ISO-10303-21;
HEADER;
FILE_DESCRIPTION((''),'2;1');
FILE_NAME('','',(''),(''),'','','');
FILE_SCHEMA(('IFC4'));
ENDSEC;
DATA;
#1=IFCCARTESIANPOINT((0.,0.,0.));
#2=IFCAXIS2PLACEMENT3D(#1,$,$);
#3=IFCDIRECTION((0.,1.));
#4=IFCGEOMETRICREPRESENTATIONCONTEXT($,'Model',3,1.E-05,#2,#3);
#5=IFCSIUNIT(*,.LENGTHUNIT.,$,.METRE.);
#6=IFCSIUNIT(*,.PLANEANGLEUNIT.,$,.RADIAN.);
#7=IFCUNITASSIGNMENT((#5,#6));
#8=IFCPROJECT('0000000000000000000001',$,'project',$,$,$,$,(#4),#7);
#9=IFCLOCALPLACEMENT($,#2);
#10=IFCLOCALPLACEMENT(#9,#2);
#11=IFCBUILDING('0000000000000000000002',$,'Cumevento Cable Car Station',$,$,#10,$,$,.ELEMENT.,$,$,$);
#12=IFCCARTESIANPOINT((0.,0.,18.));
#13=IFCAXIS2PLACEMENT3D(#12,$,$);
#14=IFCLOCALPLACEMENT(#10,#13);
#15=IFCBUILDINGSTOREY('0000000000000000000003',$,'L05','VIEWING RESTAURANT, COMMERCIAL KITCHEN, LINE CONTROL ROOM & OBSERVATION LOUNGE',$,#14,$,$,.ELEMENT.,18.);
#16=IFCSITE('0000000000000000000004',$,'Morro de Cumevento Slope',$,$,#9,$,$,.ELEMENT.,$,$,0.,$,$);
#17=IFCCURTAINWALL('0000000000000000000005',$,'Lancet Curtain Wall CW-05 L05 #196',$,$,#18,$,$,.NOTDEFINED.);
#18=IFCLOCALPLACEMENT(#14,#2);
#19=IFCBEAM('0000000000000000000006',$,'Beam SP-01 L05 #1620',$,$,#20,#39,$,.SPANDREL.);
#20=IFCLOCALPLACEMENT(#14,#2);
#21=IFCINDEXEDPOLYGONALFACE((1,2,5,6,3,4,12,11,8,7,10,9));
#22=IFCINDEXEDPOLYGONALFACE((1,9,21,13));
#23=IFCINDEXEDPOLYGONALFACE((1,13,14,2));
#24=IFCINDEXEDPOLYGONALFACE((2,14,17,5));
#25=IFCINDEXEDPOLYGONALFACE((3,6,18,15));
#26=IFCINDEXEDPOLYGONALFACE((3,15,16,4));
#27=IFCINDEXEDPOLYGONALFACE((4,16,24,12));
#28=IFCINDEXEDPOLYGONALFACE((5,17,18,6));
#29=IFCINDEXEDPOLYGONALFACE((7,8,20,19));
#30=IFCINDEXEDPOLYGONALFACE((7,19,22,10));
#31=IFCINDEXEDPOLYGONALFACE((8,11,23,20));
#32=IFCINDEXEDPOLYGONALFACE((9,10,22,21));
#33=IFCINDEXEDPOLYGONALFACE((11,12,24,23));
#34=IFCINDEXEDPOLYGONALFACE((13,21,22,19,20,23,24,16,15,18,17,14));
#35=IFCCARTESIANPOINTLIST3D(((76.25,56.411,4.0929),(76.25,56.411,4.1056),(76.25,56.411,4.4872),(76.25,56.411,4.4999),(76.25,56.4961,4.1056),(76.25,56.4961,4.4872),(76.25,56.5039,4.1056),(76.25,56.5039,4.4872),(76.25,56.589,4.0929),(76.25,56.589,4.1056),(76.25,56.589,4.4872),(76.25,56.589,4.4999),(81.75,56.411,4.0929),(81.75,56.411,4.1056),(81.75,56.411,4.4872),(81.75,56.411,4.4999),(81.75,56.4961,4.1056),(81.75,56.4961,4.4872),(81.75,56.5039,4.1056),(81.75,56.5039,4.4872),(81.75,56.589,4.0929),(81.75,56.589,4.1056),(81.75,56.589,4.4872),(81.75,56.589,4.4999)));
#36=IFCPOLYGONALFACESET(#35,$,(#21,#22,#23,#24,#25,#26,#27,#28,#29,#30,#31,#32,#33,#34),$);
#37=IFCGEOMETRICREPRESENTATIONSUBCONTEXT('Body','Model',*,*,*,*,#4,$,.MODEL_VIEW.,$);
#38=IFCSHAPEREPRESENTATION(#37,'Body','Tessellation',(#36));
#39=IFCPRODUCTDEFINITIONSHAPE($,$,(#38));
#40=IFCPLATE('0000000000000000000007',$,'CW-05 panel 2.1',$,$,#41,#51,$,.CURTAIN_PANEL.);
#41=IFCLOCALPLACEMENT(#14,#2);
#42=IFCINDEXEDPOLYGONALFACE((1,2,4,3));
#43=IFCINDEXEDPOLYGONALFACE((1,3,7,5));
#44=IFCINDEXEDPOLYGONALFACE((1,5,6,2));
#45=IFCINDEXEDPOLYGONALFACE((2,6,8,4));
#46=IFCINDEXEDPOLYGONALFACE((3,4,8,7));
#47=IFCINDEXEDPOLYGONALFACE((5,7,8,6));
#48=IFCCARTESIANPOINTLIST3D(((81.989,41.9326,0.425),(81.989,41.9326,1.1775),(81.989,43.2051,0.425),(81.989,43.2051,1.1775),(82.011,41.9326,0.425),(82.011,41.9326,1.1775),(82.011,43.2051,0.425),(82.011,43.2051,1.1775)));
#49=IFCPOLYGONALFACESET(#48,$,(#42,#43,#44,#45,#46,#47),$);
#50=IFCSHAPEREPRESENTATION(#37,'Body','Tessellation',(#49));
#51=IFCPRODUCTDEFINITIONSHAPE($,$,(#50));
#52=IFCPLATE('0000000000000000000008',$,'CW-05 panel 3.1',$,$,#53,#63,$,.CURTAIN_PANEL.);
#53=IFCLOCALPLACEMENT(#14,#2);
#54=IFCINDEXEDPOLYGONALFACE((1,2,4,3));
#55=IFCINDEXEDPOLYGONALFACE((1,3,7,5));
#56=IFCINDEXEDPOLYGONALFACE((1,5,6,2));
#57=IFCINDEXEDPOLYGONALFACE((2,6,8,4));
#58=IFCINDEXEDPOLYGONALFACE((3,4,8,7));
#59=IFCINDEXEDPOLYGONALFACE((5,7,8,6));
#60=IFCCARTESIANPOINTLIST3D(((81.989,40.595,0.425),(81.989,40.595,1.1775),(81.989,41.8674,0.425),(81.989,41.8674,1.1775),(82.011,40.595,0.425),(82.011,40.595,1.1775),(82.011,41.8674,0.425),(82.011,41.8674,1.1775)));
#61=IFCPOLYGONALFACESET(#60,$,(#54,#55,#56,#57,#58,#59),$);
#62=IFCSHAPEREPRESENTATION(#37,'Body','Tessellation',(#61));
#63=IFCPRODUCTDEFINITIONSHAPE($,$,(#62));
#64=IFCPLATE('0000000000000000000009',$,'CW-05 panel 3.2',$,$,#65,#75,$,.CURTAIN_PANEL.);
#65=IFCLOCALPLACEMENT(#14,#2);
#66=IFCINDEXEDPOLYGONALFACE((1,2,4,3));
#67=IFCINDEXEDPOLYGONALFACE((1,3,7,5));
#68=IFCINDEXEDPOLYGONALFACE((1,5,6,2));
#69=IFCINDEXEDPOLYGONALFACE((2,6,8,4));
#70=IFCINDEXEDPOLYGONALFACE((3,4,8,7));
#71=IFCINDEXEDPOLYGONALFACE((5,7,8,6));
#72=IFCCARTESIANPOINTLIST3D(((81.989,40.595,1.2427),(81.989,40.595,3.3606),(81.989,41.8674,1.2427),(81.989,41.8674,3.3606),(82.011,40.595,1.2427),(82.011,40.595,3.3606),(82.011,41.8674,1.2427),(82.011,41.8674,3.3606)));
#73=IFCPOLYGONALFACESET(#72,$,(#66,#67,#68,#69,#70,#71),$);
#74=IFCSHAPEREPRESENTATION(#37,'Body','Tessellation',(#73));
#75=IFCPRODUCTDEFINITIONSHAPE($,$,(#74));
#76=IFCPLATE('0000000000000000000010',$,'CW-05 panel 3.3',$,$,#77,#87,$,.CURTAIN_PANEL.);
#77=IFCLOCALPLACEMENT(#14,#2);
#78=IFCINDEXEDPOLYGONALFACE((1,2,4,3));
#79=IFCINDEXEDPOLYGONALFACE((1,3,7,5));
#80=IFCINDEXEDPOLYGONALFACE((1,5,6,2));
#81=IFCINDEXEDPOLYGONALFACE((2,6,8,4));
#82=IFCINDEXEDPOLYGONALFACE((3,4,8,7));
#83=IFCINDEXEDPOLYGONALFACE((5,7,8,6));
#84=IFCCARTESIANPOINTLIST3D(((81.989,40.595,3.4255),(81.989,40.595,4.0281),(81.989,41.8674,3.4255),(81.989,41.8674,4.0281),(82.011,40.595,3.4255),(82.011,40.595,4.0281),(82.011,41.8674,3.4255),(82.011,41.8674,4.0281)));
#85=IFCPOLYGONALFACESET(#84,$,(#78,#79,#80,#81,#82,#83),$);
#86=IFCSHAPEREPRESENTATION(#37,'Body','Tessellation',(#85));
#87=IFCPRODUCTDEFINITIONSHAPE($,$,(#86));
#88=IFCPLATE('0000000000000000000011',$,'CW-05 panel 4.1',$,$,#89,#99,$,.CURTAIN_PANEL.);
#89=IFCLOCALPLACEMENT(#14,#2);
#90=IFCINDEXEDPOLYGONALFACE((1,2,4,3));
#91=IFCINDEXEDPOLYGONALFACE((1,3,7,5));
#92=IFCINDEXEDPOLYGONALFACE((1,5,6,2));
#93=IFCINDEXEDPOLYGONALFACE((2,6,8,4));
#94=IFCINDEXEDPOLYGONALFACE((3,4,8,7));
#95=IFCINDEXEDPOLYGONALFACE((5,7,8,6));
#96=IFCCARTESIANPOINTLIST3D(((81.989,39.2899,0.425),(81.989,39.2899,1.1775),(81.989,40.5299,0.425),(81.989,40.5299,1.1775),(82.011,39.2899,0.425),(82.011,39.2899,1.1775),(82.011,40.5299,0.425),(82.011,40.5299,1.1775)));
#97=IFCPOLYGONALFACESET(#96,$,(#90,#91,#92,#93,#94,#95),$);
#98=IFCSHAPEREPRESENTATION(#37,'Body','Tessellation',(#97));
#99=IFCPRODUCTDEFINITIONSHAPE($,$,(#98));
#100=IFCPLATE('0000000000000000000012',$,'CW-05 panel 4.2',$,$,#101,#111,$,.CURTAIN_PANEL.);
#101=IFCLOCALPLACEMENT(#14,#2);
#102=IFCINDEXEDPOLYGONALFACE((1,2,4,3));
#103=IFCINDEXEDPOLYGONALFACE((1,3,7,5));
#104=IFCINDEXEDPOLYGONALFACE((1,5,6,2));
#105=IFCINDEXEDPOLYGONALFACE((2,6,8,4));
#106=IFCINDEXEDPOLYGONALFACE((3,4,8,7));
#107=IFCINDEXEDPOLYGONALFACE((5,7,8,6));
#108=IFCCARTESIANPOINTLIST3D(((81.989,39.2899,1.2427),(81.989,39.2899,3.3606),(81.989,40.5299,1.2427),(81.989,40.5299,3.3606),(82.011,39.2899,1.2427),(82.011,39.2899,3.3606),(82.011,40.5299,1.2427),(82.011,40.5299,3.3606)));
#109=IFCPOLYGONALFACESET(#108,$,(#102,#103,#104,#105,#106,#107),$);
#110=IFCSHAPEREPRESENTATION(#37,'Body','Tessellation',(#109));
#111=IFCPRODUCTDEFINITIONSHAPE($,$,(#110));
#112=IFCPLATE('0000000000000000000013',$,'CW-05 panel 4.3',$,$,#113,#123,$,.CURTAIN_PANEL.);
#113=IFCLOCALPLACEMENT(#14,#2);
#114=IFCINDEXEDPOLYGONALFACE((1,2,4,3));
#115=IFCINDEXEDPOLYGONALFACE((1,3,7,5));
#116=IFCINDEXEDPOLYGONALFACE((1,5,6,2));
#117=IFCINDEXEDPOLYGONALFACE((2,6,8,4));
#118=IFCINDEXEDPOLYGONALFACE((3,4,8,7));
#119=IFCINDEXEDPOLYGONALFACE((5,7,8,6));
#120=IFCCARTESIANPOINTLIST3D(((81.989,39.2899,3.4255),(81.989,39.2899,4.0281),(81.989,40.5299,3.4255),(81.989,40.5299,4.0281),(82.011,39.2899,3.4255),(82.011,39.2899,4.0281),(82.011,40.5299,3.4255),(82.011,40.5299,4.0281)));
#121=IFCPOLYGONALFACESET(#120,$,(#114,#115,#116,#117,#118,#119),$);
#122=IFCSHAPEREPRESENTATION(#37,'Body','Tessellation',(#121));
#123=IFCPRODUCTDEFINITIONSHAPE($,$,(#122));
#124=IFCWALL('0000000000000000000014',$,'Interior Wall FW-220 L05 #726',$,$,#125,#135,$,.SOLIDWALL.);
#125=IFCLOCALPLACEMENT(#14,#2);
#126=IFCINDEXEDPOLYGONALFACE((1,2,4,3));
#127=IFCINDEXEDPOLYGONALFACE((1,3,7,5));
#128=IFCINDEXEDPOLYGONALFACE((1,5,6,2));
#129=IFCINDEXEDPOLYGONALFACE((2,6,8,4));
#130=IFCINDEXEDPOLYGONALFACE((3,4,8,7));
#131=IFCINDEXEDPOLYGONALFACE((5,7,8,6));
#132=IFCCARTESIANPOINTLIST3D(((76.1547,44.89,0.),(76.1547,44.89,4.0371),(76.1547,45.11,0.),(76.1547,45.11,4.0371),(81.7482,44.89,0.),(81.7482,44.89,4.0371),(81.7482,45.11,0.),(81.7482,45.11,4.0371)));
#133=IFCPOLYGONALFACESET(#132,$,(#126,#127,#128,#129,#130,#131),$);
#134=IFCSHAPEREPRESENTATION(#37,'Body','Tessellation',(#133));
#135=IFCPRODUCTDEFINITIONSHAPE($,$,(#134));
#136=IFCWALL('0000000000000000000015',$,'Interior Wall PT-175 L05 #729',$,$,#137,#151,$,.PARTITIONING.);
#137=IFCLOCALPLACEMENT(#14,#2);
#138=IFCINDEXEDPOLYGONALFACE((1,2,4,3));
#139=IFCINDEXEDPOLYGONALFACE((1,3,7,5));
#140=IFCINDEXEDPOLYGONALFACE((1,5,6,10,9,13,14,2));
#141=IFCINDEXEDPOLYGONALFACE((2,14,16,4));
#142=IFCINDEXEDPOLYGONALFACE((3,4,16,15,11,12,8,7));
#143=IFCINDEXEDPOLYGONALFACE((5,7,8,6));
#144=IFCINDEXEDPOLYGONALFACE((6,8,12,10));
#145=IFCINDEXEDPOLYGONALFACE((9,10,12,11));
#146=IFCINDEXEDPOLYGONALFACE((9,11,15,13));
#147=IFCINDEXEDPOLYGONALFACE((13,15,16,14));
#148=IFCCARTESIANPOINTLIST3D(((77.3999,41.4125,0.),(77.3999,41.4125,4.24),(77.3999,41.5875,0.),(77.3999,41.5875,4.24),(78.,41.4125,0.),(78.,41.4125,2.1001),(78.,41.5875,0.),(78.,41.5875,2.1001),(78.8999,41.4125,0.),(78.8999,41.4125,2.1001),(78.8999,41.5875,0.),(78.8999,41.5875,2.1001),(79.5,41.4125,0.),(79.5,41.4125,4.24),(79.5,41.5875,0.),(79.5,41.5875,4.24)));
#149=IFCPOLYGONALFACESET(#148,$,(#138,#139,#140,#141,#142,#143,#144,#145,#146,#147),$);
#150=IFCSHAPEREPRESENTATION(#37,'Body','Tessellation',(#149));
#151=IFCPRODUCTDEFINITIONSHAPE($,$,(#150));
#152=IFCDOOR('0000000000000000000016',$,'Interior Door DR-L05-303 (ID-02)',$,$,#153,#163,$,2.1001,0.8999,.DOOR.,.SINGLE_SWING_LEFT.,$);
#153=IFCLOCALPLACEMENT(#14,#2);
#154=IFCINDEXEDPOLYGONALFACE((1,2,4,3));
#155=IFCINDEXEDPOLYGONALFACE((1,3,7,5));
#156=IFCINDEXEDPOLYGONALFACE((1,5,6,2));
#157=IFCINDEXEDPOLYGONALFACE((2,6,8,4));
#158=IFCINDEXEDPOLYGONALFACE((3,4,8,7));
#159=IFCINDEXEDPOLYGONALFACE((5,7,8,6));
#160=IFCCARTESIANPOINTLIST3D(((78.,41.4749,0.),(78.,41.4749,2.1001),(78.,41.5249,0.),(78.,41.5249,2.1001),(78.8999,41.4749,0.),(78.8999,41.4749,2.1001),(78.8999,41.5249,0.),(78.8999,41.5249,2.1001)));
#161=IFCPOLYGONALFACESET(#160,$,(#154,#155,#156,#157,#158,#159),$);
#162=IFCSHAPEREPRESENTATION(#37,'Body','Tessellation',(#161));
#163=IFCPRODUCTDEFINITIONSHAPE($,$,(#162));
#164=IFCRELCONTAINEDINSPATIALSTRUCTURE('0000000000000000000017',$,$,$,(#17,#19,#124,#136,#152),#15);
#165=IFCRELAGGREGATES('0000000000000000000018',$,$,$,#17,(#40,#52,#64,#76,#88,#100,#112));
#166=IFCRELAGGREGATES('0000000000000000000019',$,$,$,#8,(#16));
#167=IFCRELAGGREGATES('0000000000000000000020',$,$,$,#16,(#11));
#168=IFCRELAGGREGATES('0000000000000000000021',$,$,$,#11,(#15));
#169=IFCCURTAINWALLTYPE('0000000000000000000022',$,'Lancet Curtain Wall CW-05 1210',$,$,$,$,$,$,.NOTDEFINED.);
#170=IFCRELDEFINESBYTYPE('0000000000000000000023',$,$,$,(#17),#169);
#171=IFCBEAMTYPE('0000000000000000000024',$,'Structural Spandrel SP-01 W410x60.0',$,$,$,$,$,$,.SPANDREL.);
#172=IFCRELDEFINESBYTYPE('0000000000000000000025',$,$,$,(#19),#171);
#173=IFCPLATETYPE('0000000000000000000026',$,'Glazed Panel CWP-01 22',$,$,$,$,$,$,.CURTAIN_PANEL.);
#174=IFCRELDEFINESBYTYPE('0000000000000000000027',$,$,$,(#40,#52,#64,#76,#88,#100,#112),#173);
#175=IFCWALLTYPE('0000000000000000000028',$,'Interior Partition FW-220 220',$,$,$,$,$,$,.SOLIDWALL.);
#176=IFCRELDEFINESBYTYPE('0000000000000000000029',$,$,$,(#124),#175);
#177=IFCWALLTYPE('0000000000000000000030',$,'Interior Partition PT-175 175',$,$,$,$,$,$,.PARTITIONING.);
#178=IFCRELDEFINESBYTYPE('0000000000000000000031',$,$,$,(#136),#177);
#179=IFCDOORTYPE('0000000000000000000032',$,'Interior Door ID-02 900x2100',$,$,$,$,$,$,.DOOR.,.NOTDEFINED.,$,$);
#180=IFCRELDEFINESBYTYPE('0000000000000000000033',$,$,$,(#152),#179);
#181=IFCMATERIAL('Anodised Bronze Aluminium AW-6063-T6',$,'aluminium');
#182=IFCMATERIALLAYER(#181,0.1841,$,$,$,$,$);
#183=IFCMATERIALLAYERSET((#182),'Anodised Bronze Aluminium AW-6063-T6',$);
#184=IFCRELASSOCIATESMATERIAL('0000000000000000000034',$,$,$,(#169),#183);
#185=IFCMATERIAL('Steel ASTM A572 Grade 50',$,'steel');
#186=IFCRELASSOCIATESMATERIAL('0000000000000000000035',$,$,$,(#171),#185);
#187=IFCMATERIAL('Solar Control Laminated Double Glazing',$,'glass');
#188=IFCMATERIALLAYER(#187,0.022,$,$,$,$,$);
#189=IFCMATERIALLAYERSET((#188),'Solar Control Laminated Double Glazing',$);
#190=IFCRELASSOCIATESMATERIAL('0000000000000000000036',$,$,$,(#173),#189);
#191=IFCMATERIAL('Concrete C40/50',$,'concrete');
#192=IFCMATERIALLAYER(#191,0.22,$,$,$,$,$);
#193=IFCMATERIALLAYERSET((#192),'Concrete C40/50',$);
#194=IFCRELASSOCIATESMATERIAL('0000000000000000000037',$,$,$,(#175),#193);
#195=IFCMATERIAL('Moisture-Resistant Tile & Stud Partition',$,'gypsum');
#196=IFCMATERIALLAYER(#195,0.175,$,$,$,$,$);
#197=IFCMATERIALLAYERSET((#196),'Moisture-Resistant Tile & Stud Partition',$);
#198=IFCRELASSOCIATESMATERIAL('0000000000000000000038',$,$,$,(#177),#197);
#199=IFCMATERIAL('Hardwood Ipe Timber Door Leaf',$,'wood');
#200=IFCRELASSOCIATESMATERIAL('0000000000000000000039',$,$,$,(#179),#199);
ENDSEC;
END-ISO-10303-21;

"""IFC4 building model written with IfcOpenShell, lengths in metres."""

from ifc_helpers import new_model, si_unit, direction, frame, frame_2d, origin, origin_2d, place, context, subcontext, project, spatial, rectangle, i_section, extrude, material, layer, layer_set, material_profile, profile_set, type_object, element, fill, aggregate, save


model = new_model("IFC4")

# Units and contexts
model_context = context("Model", 3, precision=1e-05, world=origin(), true_north=direction((0.0, 1.0)))
body_context = subcontext(model_context, "Body", "Model", "MODEL_VIEW")
ifc_project = project(units=[si_unit("LENGTHUNIT", "METRE"), si_unit("PLANEANGLEUNIT", "RADIAN")], contexts=[model_context])

# Site, building, storey
site_placement = place(None, origin())
site = spatial("IfcSite", under=ifc_project, at=site_placement, Name="Morro de Cumevento Slope", CompositionType="ELEMENT", RefElevation=0.0)
building_placement = place(site_placement, origin())
building = spatial("IfcBuilding", under=site, at=building_placement, Name="Cumevento Cable Car Station", CompositionType="ELEMENT")
storey_placement = place(building_placement, frame((0.0, 0.0, 18.0)))
storey = spatial("IfcBuildingStorey", under=building, at=storey_placement, Name="L05", Description="VIEWING RESTAURANT, COMMERCIAL KITCHEN, LINE CONTROL ROOM & OBSERVATION LOUNGE", CompositionType="ELEMENT", Elevation=18.0)

# Curtain wall
ifc_material_1 = material(Name="Anodised Bronze Aluminium AW-6063-T6", Category="aluminium")
ifc_layer_1 = layer(ifc_material_1, 0.1841)
ifc_layer_set_1 = layer_set([ifc_layer_1], Name="Anodised Bronze Aluminium AW-6063-T6")
curtain_wall_type = type_object("IfcCurtainWallType", Name="Lancet Curtain Wall CW-05 1210", PredefinedType="NOTDEFINED", material=ifc_layer_set_1)
curtain_wall_placement = place(storey_placement, origin())
curtain_wall = element("IfcCurtainWall", 1, at=curtain_wall_placement, inside=storey, type_object=curtain_wall_type, Name="Lancet Curtain Wall CW-05 L05 #196", PredefinedType="NOTDEFINED")

# Beam
ifc_material_2 = material(Name="Steel ASTM A572 Grade 50", Category="steel")
ifc_material_profile_1 = material_profile(ifc_material_2, i_section(OverallWidth=0.178, OverallDepth=0.407, WebThickness=0.0078, FlangeThickness=0.0127, at=origin_2d()), Name="W410x60.0")
ifc_profile_set_1 = profile_set([ifc_material_profile_1], Name="Steel ASTM A572 Grade 50")
beam_type = type_object("IfcBeamType", Name="Structural Spandrel SP-01 W410x60.0", PredefinedType="SPANDREL", material=ifc_profile_set_1)
beam_placement = place(storey_placement, frame((76.25, 56.5, 4.2964), z_axis=(1.0, 0.0, 0.0), x_axis=(0.0, 1.0, 0.0)))
element("IfcBeam", 2, at=beam_placement, inside=storey, type_object=beam_type, Name="Beam SP-01 L05 #1620", PredefinedType="SPANDREL", context=body_context, shape_type="SweptSolid", body=[
    extrude(i_section(OverallWidth=0.178, OverallDepth=0.407, WebThickness=0.0078, FlangeThickness=0.0127, at=origin_2d()), origin(), (0.0, 0.0, 1.0), 5.5),
])

# Plates
ifc_material_3 = material(Name="Solar Control Laminated Double Glazing", Category="glass")
ifc_layer_2 = layer(ifc_material_3, 0.022)
ifc_layer_set_2 = layer_set([ifc_layer_2], Name="Solar Control Laminated Double Glazing")
plate_type = type_object("IfcPlateType", Name="Glazed Panel CWP-01 22", PredefinedType="CURTAIN_PANEL", material=ifc_layer_set_2)
plate_1_placement = place(storey_placement, frame((82.0, 42.5688, 0.425), z_axis=(0.0, 0.0, 1.0), x_axis=(0.0, -1.0, 0.0)))
plate_1 = element("IfcPlate", 3, at=plate_1_placement, type_object=plate_type, Name="CW-05 panel 2.1", PredefinedType="CURTAIN_PANEL", context=body_context, shape_type="SweptSolid", body=[
    extrude(rectangle(XDim=1.2725, YDim=0.022, at=origin_2d()), origin(), (0.0, 0.0, 1.0), 0.7524),
])
plate_2_placement = place(storey_placement, frame((82.0, 41.2312, 0.425), z_axis=(0.0, 0.0, 1.0), x_axis=(0.0, -1.0, 0.0)))
plate_2 = element("IfcPlate", 4, at=plate_2_placement, type_object=plate_type, Name="CW-05 panel 3.1", PredefinedType="CURTAIN_PANEL", context=body_context, shape_type="SweptSolid", body=[
    extrude(rectangle(XDim=1.2725, YDim=0.022, at=origin_2d()), origin(), (0.0, 0.0, 1.0), 0.7524),
])
plate_3_placement = place(storey_placement, frame((82.0, 41.2312, 1.2427), z_axis=(0.0, 0.0, 1.0), x_axis=(0.0, -1.0, 0.0)))
plate_3 = element("IfcPlate", 5, at=plate_3_placement, type_object=plate_type, Name="CW-05 panel 3.2", PredefinedType="CURTAIN_PANEL", context=body_context, shape_type="SweptSolid", body=[
    extrude(rectangle(XDim=1.2725, YDim=0.022, at=origin_2d()), origin(), (0.0, 0.0, 1.0), 2.1179),
])
plate_4_placement = place(storey_placement, frame((82.0, 41.2312, 3.4255), z_axis=(0.0, 0.0, 1.0), x_axis=(0.0, -1.0, 0.0)))
plate_4 = element("IfcPlate", 6, at=plate_4_placement, type_object=plate_type, Name="CW-05 panel 3.3", PredefinedType="CURTAIN_PANEL", context=body_context, shape_type="SweptSolid", body=[
    extrude(rectangle(XDim=1.2725, YDim=0.022, at=origin_2d()), origin(), (0.0, 0.0, 1.0), 0.6025),
])
plate_5_placement = place(storey_placement, frame((82.0, 39.9099, 0.425), z_axis=(0.0, 0.0, 1.0), x_axis=(0.0, -1.0, 0.0)))
plate_5 = element("IfcPlate", 7, at=plate_5_placement, type_object=plate_type, Name="CW-05 panel 4.1", PredefinedType="CURTAIN_PANEL", context=body_context, shape_type="SweptSolid", body=[
    extrude(rectangle(XDim=1.24, YDim=0.022, at=origin_2d()), origin(), (0.0, 0.0, 1.0), 0.7524),
])
plate_6_placement = place(storey_placement, frame((82.0, 39.9099, 1.2427), z_axis=(0.0, 0.0, 1.0), x_axis=(0.0, -1.0, 0.0)))
plate_6 = element("IfcPlate", 8, at=plate_6_placement, type_object=plate_type, Name="CW-05 panel 4.2", PredefinedType="CURTAIN_PANEL", context=body_context, shape_type="SweptSolid", body=[
    extrude(rectangle(XDim=1.24, YDim=0.022, at=origin_2d()), origin(), (0.0, 0.0, 1.0), 2.1179),
])
plate_7_placement = place(storey_placement, frame((82.0, 39.9099, 3.4255), z_axis=(0.0, 0.0, 1.0), x_axis=(0.0, -1.0, 0.0)))
plate_7 = element("IfcPlate", 9, at=plate_7_placement, type_object=plate_type, Name="CW-05 panel 4.3", PredefinedType="CURTAIN_PANEL", context=body_context, shape_type="SweptSolid", body=[
    extrude(rectangle(XDim=1.24, YDim=0.022, at=origin_2d()), origin(), (0.0, 0.0, 1.0), 0.6025),
])
aggregate(curtain_wall, [plate_1, plate_2, plate_3, plate_4, plate_5, plate_6, plate_7])

# Wall
ifc_material_4 = material(Name="Concrete C40/50", Category="concrete")
ifc_layer_3 = layer(ifc_material_4, 0.22)
ifc_layer_set_3 = layer_set([ifc_layer_3], Name="Concrete C40/50")
wall_type_1 = type_object("IfcWallType", Name="Interior Partition FW-220 220", PredefinedType="SOLIDWALL", material=ifc_layer_set_3)
wall_1_placement = place(storey_placement, frame((76.1545, 45.0, 0.0), z_axis=(0.0, 0.0, 1.0), x_axis=(1.0, 0.0, 0.0)))
element("IfcWall", 10, at=wall_1_placement, inside=storey, type_object=wall_type_1, Name="Interior Wall FW-220 L05 #726", PredefinedType="SOLIDWALL", context=body_context, shape_type="SweptSolid", body=[
    extrude(rectangle(XDim=5.5935, YDim=0.22, at=frame_2d((2.7969, 0.0))), origin(), (0.0, 0.0, 1.0), 4.0371),
])

# Wall, opening, door
ifc_material_5 = material(Name="Moisture-Resistant Tile & Stud Partition", Category="gypsum")
ifc_layer_4 = layer(ifc_material_5, 0.175)
ifc_layer_set_4 = layer_set([ifc_layer_4], Name="Moisture-Resistant Tile & Stud Partition")
wall_type_2 = type_object("IfcWallType", Name="Interior Partition PT-175 175", PredefinedType="PARTITIONING", material=ifc_layer_set_4)
wall_2_placement = place(storey_placement, frame((77.3999, 41.5, 0.0), z_axis=(0.0, 0.0, 1.0), x_axis=(1.0, 0.0, 0.0)))
wall_2 = element("IfcWall", 11, at=wall_2_placement, inside=storey, type_object=wall_type_2, Name="Interior Wall PT-175 L05 #729", PredefinedType="PARTITIONING", context=body_context, shape_type="SweptSolid", body=[
    extrude(rectangle(XDim=2.1001, YDim=0.175, at=frame_2d((1.05, 0.0))), origin(), (0.0, 0.0, 1.0), 4.24),
])
opening_1_placement = place(wall_2_placement, frame((0.6001, 0.0, 0.0)))
opening_1 = element("IfcOpeningElement", 12, at=opening_1_placement, cuts=wall_2, PredefinedType="OPENING", context=body_context, shape_type="SweptSolid", body=[
    extrude(rectangle(XDim=0.8999, YDim=2.1001, at=frame_2d((0.45, 1.05))), frame((0.0, 0.0974, 0.0), z_axis=(0.0, -1.0, 0.0), x_axis=(1.0, 0.0, 0.0)), (0.0, 0.0, 1.0), 0.1951),
])
ifc_material_6 = material(Name="Hardwood Ipe Timber Door Leaf", Category="wood")
door_type = type_object("IfcDoorType", Name="Interior Door ID-02 900x2100", OperationType="NOTDEFINED", PredefinedType="DOOR", material=ifc_material_6)
door_1_placement = place(opening_1_placement, origin())
door_1 = element("IfcDoor", 13, at=door_1_placement, inside=storey, type_object=door_type, Name="Interior Door DR-L05-303 (ID-02)", OperationType="SINGLE_SWING_LEFT", OverallHeight=2.1001, OverallWidth=0.8999, PredefinedType="DOOR", context=body_context, shape_type="SweptSolid", body=[
    extrude(rectangle(XDim=0.8999, YDim=2.1001, at=frame_2d((0.45, 1.05))), frame((0.0, 0.0249, 0.0), z_axis=(0.0, -1.0, 0.0), x_axis=(1.0, 0.0, 0.0)), (0.0, 0.0, 1.0), 0.05),
])
fill(opening_1, door_1)

save(model, "model.ifc")
